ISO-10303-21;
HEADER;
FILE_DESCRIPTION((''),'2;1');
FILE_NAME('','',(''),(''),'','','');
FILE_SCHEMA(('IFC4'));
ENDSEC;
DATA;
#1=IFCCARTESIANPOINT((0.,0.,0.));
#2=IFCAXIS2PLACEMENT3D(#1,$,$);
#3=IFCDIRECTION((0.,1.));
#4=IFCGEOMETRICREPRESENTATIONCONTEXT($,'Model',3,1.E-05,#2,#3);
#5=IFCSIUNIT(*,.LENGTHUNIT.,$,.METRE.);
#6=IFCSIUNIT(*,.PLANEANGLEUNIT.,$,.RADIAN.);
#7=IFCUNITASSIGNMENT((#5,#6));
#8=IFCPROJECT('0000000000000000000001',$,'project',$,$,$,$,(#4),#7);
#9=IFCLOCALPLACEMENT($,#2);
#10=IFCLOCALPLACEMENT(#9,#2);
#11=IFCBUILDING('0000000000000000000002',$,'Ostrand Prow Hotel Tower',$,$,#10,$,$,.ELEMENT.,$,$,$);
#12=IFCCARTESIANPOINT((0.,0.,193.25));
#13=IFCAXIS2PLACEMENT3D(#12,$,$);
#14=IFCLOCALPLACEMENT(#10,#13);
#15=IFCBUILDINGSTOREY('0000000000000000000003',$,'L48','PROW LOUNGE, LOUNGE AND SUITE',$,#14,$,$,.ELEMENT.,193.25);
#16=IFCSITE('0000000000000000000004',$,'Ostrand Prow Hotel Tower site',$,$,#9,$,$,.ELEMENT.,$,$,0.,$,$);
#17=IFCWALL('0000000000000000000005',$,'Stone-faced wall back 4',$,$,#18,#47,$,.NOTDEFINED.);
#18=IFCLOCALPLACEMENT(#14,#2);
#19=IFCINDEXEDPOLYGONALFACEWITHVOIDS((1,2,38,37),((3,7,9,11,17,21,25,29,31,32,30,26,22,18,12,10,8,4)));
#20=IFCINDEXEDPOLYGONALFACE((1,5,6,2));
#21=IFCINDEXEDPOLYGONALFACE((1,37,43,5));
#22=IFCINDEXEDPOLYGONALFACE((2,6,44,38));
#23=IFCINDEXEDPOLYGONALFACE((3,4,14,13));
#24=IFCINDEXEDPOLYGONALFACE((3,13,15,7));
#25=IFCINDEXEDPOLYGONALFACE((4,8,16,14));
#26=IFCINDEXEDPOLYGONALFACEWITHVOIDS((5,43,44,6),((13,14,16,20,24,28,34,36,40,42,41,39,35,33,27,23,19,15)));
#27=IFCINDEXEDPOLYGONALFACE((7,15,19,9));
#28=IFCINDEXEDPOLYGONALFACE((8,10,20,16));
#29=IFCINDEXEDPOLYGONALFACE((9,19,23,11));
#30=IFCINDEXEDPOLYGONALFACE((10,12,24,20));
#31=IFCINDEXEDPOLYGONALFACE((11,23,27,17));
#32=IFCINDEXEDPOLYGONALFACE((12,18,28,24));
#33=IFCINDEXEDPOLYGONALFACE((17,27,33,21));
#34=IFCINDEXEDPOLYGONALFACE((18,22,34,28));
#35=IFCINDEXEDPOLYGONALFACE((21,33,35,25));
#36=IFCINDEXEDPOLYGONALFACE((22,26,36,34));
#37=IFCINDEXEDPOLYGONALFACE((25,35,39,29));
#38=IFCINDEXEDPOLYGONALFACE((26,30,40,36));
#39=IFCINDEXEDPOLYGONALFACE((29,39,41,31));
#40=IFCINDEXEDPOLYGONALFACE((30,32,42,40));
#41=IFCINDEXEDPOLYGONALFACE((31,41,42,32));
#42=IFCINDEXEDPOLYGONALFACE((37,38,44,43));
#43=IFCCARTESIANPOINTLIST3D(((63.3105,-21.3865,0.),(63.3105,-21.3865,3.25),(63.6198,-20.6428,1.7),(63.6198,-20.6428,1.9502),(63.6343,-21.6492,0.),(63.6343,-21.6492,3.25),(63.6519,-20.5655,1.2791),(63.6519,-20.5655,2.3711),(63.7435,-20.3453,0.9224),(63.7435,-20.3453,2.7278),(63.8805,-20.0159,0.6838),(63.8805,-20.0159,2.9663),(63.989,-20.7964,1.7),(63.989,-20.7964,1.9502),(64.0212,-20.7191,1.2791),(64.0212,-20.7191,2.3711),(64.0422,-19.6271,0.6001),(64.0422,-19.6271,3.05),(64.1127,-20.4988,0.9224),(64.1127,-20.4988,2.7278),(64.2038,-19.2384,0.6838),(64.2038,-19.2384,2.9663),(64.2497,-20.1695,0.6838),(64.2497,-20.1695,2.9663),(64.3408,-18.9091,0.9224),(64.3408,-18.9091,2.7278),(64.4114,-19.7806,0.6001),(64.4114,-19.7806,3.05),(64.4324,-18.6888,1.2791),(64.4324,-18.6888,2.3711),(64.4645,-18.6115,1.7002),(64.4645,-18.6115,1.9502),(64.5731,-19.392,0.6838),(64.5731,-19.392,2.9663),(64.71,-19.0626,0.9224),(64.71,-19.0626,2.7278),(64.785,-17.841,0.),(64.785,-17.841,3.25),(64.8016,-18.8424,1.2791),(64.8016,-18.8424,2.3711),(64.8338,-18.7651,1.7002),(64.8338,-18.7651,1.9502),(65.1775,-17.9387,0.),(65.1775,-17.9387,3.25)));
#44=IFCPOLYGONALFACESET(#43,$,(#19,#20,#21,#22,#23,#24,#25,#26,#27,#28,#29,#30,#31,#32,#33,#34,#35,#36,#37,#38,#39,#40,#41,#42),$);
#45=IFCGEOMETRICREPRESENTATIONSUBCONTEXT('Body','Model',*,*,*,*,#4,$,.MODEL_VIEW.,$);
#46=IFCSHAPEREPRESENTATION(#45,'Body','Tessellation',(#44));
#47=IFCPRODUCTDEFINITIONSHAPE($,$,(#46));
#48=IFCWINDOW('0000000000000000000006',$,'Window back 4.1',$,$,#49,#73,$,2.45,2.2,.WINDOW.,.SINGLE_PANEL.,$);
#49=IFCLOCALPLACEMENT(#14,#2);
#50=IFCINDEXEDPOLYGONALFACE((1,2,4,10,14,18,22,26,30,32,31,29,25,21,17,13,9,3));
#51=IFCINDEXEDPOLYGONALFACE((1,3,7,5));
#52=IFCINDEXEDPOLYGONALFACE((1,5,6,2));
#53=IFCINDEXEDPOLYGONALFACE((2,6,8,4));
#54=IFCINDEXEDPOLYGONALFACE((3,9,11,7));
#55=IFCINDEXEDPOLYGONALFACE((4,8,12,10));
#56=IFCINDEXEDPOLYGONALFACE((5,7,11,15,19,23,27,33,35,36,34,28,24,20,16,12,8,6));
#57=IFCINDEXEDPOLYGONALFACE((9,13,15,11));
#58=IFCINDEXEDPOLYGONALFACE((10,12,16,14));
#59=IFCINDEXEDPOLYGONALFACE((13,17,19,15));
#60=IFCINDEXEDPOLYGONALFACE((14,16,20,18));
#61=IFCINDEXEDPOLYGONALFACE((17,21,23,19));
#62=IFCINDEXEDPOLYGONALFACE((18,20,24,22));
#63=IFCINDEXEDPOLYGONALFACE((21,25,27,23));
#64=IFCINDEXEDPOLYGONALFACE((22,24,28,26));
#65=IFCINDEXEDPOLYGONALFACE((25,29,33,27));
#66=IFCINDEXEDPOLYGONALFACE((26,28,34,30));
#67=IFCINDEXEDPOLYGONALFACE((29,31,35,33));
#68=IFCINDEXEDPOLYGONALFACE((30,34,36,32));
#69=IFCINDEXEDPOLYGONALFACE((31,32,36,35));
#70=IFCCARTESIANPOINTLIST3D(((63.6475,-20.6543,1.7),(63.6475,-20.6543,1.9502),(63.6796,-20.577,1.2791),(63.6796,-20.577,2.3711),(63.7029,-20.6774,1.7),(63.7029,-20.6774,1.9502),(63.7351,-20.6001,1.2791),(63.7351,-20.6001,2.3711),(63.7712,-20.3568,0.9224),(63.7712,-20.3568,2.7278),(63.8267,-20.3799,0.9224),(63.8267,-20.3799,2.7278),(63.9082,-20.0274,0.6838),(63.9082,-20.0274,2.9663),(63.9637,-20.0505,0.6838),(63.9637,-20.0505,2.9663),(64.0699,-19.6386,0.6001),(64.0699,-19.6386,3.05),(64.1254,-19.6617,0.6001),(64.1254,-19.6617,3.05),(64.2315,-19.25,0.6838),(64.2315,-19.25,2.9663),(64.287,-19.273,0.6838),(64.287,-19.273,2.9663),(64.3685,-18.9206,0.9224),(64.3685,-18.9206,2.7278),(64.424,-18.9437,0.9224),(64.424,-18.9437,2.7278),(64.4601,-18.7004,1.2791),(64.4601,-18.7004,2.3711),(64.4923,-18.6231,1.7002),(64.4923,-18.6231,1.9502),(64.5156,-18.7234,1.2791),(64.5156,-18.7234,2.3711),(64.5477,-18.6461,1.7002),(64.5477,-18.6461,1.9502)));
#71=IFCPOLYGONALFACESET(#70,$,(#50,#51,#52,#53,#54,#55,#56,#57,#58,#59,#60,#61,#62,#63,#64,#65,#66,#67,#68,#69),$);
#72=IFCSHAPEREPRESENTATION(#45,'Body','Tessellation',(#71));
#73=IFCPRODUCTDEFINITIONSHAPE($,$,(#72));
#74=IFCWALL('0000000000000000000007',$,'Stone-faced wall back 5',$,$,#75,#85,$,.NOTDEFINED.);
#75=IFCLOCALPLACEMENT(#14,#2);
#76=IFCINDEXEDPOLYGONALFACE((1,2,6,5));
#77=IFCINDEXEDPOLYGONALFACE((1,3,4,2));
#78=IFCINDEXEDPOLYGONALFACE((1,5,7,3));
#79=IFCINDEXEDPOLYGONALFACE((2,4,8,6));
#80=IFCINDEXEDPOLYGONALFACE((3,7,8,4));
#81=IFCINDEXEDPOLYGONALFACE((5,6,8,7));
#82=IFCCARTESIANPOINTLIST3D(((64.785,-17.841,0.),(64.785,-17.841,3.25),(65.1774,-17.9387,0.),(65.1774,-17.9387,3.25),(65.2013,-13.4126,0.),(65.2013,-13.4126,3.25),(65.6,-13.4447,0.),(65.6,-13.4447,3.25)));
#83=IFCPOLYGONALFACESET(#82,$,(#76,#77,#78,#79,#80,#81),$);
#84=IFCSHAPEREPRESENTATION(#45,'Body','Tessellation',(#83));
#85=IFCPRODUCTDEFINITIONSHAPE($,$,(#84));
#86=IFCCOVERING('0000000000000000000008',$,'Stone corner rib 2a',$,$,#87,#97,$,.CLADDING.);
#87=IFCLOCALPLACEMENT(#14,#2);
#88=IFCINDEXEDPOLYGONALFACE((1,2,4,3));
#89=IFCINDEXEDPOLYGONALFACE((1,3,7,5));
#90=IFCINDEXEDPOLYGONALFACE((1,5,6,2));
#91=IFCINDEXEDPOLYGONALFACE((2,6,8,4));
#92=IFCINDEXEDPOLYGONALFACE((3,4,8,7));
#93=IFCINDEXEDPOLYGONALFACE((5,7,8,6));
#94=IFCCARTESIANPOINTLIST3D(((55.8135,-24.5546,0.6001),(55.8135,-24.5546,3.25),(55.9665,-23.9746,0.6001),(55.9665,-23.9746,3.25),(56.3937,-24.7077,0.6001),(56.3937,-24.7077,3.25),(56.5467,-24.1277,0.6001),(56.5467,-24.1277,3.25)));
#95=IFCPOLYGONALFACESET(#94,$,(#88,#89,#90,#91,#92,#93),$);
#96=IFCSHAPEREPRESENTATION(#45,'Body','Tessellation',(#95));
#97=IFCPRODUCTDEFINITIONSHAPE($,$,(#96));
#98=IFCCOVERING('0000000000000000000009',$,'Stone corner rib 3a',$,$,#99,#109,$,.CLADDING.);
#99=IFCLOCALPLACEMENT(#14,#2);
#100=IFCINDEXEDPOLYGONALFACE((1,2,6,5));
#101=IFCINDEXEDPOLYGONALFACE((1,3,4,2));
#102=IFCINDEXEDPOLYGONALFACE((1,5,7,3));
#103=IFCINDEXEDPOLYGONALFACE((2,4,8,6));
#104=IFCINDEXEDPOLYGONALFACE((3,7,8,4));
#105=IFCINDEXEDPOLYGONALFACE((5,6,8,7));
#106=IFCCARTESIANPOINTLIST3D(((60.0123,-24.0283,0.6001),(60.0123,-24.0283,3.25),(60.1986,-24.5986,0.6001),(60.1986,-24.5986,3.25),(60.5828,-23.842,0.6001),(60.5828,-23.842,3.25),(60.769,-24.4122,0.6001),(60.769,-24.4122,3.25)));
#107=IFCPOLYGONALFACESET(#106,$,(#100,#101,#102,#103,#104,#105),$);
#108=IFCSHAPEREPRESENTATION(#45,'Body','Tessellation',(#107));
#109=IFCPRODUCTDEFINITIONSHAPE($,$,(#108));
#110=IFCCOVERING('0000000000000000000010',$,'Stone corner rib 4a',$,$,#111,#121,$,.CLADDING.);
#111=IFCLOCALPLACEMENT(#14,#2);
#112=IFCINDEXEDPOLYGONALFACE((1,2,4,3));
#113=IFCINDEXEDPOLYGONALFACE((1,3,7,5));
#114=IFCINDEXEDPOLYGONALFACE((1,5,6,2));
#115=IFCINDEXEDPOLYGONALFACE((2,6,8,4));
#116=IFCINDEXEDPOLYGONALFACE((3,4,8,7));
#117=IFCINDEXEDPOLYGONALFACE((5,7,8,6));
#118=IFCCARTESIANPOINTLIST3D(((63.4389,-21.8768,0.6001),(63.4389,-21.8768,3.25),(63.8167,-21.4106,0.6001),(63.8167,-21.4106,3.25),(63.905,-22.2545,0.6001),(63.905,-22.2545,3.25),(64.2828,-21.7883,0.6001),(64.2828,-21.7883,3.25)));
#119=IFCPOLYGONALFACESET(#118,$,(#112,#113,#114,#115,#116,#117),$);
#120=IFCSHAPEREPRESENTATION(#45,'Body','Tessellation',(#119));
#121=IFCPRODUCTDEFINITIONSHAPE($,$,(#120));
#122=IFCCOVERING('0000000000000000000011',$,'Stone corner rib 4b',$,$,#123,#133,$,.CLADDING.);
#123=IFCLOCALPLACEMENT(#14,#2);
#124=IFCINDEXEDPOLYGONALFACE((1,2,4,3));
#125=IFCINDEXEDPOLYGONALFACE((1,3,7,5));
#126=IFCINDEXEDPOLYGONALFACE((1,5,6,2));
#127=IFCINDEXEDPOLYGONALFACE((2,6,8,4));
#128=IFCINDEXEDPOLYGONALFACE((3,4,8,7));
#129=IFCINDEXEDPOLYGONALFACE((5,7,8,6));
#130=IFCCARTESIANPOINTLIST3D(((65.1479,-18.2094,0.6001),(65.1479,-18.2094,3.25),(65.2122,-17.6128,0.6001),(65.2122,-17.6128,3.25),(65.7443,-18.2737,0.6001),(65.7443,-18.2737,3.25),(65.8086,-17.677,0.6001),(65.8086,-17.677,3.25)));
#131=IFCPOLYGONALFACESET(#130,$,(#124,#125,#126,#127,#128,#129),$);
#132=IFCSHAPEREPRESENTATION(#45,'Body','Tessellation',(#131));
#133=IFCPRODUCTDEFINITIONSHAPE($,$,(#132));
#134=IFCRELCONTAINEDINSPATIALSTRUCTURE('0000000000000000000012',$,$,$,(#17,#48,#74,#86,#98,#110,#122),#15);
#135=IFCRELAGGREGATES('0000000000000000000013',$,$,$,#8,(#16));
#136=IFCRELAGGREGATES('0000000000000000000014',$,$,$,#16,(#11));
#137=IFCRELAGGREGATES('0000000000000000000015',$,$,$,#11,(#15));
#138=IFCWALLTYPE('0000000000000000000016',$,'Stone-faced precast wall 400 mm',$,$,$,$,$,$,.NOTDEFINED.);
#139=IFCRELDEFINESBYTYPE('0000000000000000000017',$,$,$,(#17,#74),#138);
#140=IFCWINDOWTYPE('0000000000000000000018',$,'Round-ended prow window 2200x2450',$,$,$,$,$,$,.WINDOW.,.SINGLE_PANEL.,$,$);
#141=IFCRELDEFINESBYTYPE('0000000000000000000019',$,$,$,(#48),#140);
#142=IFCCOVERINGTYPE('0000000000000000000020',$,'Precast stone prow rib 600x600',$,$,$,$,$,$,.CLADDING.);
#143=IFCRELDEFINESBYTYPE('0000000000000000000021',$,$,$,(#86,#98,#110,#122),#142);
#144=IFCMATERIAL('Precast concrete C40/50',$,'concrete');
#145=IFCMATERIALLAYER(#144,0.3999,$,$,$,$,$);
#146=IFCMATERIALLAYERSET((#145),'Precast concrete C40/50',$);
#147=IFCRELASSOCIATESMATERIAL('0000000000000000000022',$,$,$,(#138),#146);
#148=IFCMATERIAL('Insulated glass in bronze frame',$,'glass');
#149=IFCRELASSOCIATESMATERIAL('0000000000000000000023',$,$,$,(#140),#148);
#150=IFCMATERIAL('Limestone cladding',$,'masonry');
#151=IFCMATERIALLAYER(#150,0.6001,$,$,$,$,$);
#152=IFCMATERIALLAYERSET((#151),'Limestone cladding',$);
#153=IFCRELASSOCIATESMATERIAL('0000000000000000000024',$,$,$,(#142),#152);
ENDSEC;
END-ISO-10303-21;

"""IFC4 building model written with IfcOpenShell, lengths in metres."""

from ifc_helpers import new_model, si_unit, direction, frame, frame_2d, origin, place, context, subcontext, project, spatial, polyline, rectangle, outline, extrude, material, layer, layer_set, type_object, element, fill, save


model = new_model("IFC4")

# Units and contexts
model_context = context("Model", 3, precision=1e-05, world=origin(), true_north=direction((0.0, 1.0)))
body_context = subcontext(model_context, "Body", "Model", "MODEL_VIEW")
ifc_project = project(units=[si_unit("LENGTHUNIT", "METRE"), si_unit("PLANEANGLEUNIT", "RADIAN")], contexts=[model_context])

# Site, building, storey
site_placement = place(None, origin())
site = spatial("IfcSite", under=ifc_project, at=site_placement, Name="Ostrand Prow Hotel Tower site", CompositionType="ELEMENT", RefElevation=0.0)
building_placement = place(site_placement, origin())
building = spatial("IfcBuilding", under=site, at=building_placement, Name="Ostrand Prow Hotel Tower", CompositionType="ELEMENT")
storey_placement = place(building_placement, frame((0.0, 0.0, 193.25)))
storey = spatial("IfcBuildingStorey", under=building, at=storey_placement, Name="L48", Description="PROW LOUNGE, LOUNGE AND SUITE", CompositionType="ELEMENT", Elevation=193.25)

# Wall, opening, window
ifc_material_1 = material(Name="Precast concrete C40/50", Category="concrete")
ifc_layer_1 = layer(ifc_material_1, 0.3999)
ifc_layer_set_1 = layer_set([ifc_layer_1], Name="Precast concrete C40/50")
wall_type_1 = type_object("IfcWallType", Name="Stone-faced precast wall 400 mm", PredefinedType="NOTDEFINED", material=ifc_layer_set_1)
ifc_material_2 = material(Name="Insulated glass in bronze frame", Category="glass")
window_type = type_object("IfcWindowType", Name="Round-ended prow window 2200x2450", PartitioningType="SINGLE_PANEL", PredefinedType="WINDOW", material=ifc_material_2)
wall_1_placement = place(storey_placement, frame((63.4724, -21.5178, 0.0), z_axis=(0.0, 0.0, 1.0), x_axis=(0.383998, 0.923334, 0.0)))
wall_1 = element("IfcWall", 1, at=wall_1_placement, inside=storey, type_object=wall_type_1, Name="Stone-faced wall back 4", PredefinedType="NOTDEFINED", context=body_context, shape_type="SweptSolid", body=[
    extrude(outline(polyline([(-0.0591, -0.2), (3.9595, -0.2), (3.8989, 0.2), (0.0591, 0.2), (-0.0591, -0.2)])), origin(), (0.0, 0.0, 1.0), 3.25),
])
opening_1_placement = place(wall_1_placement, frame((0.8645, 0.0, 0.6001)))
opening_1 = element("IfcOpeningElement", 2, at=opening_1_placement, cuts=wall_1, PredefinedType="OPENING", context=body_context, shape_type="SweptSolid", body=[
    extrude(outline(polyline([(0.0, 1.3501), (0.0837, 1.771), (0.3223, 2.1277), (0.679, 2.3662), (1.1001, 2.45), (1.521, 2.3662), (1.8777, 2.1277), (2.1162, 1.771), (2.2, 1.3501), (2.2, 1.1001), (2.1162, 0.679), (1.8777, 0.3223), (1.521, 0.0837), (1.1001, 0.0), (0.679, 0.0837), (0.3223, 0.3223), (0.0837, 0.679), (0.0, 1.0999), (0.0, 1.3501)])), frame((0.0, 0.21, 0.0), z_axis=(0.0, -1.0, 0.0), x_axis=(1.0, 0.0, 0.0)), (0.0, 0.0, 1.0), 0.4199),
])
window_1_placement = place(opening_1_placement, origin())
window_1 = element("IfcWindow", 3, at=window_1_placement, inside=storey, type_object=window_type, Name="Window back 4.1", OverallHeight=2.45, OverallWidth=2.2, PartitioningType="SINGLE_PANEL", PredefinedType="WINDOW", context=body_context, shape_type="SweptSolid", body=[
    extrude(outline(polyline([(0.0, 1.3501), (0.0837, 1.771), (0.3223, 2.1277), (0.679, 2.3662), (1.1001, 2.45), (1.521, 2.3662), (1.8777, 2.1277), (2.1162, 1.771), (2.2, 1.3501), (2.2, 1.1001), (2.1162, 0.679), (1.8777, 0.3223), (1.521, 0.0837), (1.1001, 0.0), (0.679, 0.0837), (0.3223, 0.3223), (0.0837, 0.679), (0.0, 1.0999), (0.0, 1.3501)])), frame((0.0, 0.1699, 0.0), z_axis=(0.0, -1.0, 0.0), x_axis=(1.0, 0.0, 0.0)), (0.0, 0.0, 1.0), 0.0601),
])
fill(opening_1, window_1)

# Wall
wall_2_placement = place(storey_placement, frame((64.9812, -17.8899, 0.0), z_axis=(0.0, 0.0, 1.0), x_axis=(0.093606, 0.995609, 0.0)))
element("IfcWall", 4, at=wall_2_placement, inside=storey, type_object=wall_type_1, Name="Stone-faced wall back 5", PredefinedType="NOTDEFINED", context=body_context, shape_type="SweptSolid", body=[
    extrude(outline(polyline([(-0.0303, -0.2), (4.4836, -0.2), (4.4783, 0.2), (0.0303, 0.2), (-0.0303, -0.2)])), origin(), (0.0, 0.0, 1.0), 3.25),
])

# Coverings
ifc_material_3 = material(Name="Limestone cladding", Category="masonry")
ifc_layer_2 = layer(ifc_material_3, 0.6001)
ifc_layer_set_2 = layer_set([ifc_layer_2], Name="Limestone cladding")
covering_type = type_object("IfcCoveringType", Name="Precast stone prow rib 600x600", PredefinedType="CLADDING", material=ifc_layer_set_2)
for number, where, z_axis, x_axis, name in (
    (5, (56.2566, -24.0513, 0.6001), (0.0, 0.0, 1.0), (-0.255154, -0.9669, 0.0), "Stone corner rib 2a"),
    (6, (60.2976, -23.9353, 0.6001), (0.0, 0.0, 1.0), (0.310484, -0.950578, 0.0), "Stone corner rib 3a"),
    (7, (63.6279, -21.6438, 0.6001), (0.0, 0.0, 1.0), (0.776923, -0.629596, 0.0), "Stone corner rib 4a"),
    (8, (65.1802, -17.9111, 0.6001), (0.0, 0.0, 1.0), (0.994255, -0.107036, 0.0), "Stone corner rib 4b"),
):
    element("IfcCovering", number, at=place(storey_placement, frame(where, z_axis=z_axis, x_axis=x_axis)), inside=storey, type_object=covering_type, Name=name, PredefinedType="CLADDING", context=body_context, shape_type="SweptSolid", body=[
        extrude(rectangle(XDim=0.5999, YDim=0.6001, at=frame_2d((0.2998, 0.0))), origin(), (0.0, 0.0, 1.0), 2.6499),
    ])

save(model, "model.ifc")
